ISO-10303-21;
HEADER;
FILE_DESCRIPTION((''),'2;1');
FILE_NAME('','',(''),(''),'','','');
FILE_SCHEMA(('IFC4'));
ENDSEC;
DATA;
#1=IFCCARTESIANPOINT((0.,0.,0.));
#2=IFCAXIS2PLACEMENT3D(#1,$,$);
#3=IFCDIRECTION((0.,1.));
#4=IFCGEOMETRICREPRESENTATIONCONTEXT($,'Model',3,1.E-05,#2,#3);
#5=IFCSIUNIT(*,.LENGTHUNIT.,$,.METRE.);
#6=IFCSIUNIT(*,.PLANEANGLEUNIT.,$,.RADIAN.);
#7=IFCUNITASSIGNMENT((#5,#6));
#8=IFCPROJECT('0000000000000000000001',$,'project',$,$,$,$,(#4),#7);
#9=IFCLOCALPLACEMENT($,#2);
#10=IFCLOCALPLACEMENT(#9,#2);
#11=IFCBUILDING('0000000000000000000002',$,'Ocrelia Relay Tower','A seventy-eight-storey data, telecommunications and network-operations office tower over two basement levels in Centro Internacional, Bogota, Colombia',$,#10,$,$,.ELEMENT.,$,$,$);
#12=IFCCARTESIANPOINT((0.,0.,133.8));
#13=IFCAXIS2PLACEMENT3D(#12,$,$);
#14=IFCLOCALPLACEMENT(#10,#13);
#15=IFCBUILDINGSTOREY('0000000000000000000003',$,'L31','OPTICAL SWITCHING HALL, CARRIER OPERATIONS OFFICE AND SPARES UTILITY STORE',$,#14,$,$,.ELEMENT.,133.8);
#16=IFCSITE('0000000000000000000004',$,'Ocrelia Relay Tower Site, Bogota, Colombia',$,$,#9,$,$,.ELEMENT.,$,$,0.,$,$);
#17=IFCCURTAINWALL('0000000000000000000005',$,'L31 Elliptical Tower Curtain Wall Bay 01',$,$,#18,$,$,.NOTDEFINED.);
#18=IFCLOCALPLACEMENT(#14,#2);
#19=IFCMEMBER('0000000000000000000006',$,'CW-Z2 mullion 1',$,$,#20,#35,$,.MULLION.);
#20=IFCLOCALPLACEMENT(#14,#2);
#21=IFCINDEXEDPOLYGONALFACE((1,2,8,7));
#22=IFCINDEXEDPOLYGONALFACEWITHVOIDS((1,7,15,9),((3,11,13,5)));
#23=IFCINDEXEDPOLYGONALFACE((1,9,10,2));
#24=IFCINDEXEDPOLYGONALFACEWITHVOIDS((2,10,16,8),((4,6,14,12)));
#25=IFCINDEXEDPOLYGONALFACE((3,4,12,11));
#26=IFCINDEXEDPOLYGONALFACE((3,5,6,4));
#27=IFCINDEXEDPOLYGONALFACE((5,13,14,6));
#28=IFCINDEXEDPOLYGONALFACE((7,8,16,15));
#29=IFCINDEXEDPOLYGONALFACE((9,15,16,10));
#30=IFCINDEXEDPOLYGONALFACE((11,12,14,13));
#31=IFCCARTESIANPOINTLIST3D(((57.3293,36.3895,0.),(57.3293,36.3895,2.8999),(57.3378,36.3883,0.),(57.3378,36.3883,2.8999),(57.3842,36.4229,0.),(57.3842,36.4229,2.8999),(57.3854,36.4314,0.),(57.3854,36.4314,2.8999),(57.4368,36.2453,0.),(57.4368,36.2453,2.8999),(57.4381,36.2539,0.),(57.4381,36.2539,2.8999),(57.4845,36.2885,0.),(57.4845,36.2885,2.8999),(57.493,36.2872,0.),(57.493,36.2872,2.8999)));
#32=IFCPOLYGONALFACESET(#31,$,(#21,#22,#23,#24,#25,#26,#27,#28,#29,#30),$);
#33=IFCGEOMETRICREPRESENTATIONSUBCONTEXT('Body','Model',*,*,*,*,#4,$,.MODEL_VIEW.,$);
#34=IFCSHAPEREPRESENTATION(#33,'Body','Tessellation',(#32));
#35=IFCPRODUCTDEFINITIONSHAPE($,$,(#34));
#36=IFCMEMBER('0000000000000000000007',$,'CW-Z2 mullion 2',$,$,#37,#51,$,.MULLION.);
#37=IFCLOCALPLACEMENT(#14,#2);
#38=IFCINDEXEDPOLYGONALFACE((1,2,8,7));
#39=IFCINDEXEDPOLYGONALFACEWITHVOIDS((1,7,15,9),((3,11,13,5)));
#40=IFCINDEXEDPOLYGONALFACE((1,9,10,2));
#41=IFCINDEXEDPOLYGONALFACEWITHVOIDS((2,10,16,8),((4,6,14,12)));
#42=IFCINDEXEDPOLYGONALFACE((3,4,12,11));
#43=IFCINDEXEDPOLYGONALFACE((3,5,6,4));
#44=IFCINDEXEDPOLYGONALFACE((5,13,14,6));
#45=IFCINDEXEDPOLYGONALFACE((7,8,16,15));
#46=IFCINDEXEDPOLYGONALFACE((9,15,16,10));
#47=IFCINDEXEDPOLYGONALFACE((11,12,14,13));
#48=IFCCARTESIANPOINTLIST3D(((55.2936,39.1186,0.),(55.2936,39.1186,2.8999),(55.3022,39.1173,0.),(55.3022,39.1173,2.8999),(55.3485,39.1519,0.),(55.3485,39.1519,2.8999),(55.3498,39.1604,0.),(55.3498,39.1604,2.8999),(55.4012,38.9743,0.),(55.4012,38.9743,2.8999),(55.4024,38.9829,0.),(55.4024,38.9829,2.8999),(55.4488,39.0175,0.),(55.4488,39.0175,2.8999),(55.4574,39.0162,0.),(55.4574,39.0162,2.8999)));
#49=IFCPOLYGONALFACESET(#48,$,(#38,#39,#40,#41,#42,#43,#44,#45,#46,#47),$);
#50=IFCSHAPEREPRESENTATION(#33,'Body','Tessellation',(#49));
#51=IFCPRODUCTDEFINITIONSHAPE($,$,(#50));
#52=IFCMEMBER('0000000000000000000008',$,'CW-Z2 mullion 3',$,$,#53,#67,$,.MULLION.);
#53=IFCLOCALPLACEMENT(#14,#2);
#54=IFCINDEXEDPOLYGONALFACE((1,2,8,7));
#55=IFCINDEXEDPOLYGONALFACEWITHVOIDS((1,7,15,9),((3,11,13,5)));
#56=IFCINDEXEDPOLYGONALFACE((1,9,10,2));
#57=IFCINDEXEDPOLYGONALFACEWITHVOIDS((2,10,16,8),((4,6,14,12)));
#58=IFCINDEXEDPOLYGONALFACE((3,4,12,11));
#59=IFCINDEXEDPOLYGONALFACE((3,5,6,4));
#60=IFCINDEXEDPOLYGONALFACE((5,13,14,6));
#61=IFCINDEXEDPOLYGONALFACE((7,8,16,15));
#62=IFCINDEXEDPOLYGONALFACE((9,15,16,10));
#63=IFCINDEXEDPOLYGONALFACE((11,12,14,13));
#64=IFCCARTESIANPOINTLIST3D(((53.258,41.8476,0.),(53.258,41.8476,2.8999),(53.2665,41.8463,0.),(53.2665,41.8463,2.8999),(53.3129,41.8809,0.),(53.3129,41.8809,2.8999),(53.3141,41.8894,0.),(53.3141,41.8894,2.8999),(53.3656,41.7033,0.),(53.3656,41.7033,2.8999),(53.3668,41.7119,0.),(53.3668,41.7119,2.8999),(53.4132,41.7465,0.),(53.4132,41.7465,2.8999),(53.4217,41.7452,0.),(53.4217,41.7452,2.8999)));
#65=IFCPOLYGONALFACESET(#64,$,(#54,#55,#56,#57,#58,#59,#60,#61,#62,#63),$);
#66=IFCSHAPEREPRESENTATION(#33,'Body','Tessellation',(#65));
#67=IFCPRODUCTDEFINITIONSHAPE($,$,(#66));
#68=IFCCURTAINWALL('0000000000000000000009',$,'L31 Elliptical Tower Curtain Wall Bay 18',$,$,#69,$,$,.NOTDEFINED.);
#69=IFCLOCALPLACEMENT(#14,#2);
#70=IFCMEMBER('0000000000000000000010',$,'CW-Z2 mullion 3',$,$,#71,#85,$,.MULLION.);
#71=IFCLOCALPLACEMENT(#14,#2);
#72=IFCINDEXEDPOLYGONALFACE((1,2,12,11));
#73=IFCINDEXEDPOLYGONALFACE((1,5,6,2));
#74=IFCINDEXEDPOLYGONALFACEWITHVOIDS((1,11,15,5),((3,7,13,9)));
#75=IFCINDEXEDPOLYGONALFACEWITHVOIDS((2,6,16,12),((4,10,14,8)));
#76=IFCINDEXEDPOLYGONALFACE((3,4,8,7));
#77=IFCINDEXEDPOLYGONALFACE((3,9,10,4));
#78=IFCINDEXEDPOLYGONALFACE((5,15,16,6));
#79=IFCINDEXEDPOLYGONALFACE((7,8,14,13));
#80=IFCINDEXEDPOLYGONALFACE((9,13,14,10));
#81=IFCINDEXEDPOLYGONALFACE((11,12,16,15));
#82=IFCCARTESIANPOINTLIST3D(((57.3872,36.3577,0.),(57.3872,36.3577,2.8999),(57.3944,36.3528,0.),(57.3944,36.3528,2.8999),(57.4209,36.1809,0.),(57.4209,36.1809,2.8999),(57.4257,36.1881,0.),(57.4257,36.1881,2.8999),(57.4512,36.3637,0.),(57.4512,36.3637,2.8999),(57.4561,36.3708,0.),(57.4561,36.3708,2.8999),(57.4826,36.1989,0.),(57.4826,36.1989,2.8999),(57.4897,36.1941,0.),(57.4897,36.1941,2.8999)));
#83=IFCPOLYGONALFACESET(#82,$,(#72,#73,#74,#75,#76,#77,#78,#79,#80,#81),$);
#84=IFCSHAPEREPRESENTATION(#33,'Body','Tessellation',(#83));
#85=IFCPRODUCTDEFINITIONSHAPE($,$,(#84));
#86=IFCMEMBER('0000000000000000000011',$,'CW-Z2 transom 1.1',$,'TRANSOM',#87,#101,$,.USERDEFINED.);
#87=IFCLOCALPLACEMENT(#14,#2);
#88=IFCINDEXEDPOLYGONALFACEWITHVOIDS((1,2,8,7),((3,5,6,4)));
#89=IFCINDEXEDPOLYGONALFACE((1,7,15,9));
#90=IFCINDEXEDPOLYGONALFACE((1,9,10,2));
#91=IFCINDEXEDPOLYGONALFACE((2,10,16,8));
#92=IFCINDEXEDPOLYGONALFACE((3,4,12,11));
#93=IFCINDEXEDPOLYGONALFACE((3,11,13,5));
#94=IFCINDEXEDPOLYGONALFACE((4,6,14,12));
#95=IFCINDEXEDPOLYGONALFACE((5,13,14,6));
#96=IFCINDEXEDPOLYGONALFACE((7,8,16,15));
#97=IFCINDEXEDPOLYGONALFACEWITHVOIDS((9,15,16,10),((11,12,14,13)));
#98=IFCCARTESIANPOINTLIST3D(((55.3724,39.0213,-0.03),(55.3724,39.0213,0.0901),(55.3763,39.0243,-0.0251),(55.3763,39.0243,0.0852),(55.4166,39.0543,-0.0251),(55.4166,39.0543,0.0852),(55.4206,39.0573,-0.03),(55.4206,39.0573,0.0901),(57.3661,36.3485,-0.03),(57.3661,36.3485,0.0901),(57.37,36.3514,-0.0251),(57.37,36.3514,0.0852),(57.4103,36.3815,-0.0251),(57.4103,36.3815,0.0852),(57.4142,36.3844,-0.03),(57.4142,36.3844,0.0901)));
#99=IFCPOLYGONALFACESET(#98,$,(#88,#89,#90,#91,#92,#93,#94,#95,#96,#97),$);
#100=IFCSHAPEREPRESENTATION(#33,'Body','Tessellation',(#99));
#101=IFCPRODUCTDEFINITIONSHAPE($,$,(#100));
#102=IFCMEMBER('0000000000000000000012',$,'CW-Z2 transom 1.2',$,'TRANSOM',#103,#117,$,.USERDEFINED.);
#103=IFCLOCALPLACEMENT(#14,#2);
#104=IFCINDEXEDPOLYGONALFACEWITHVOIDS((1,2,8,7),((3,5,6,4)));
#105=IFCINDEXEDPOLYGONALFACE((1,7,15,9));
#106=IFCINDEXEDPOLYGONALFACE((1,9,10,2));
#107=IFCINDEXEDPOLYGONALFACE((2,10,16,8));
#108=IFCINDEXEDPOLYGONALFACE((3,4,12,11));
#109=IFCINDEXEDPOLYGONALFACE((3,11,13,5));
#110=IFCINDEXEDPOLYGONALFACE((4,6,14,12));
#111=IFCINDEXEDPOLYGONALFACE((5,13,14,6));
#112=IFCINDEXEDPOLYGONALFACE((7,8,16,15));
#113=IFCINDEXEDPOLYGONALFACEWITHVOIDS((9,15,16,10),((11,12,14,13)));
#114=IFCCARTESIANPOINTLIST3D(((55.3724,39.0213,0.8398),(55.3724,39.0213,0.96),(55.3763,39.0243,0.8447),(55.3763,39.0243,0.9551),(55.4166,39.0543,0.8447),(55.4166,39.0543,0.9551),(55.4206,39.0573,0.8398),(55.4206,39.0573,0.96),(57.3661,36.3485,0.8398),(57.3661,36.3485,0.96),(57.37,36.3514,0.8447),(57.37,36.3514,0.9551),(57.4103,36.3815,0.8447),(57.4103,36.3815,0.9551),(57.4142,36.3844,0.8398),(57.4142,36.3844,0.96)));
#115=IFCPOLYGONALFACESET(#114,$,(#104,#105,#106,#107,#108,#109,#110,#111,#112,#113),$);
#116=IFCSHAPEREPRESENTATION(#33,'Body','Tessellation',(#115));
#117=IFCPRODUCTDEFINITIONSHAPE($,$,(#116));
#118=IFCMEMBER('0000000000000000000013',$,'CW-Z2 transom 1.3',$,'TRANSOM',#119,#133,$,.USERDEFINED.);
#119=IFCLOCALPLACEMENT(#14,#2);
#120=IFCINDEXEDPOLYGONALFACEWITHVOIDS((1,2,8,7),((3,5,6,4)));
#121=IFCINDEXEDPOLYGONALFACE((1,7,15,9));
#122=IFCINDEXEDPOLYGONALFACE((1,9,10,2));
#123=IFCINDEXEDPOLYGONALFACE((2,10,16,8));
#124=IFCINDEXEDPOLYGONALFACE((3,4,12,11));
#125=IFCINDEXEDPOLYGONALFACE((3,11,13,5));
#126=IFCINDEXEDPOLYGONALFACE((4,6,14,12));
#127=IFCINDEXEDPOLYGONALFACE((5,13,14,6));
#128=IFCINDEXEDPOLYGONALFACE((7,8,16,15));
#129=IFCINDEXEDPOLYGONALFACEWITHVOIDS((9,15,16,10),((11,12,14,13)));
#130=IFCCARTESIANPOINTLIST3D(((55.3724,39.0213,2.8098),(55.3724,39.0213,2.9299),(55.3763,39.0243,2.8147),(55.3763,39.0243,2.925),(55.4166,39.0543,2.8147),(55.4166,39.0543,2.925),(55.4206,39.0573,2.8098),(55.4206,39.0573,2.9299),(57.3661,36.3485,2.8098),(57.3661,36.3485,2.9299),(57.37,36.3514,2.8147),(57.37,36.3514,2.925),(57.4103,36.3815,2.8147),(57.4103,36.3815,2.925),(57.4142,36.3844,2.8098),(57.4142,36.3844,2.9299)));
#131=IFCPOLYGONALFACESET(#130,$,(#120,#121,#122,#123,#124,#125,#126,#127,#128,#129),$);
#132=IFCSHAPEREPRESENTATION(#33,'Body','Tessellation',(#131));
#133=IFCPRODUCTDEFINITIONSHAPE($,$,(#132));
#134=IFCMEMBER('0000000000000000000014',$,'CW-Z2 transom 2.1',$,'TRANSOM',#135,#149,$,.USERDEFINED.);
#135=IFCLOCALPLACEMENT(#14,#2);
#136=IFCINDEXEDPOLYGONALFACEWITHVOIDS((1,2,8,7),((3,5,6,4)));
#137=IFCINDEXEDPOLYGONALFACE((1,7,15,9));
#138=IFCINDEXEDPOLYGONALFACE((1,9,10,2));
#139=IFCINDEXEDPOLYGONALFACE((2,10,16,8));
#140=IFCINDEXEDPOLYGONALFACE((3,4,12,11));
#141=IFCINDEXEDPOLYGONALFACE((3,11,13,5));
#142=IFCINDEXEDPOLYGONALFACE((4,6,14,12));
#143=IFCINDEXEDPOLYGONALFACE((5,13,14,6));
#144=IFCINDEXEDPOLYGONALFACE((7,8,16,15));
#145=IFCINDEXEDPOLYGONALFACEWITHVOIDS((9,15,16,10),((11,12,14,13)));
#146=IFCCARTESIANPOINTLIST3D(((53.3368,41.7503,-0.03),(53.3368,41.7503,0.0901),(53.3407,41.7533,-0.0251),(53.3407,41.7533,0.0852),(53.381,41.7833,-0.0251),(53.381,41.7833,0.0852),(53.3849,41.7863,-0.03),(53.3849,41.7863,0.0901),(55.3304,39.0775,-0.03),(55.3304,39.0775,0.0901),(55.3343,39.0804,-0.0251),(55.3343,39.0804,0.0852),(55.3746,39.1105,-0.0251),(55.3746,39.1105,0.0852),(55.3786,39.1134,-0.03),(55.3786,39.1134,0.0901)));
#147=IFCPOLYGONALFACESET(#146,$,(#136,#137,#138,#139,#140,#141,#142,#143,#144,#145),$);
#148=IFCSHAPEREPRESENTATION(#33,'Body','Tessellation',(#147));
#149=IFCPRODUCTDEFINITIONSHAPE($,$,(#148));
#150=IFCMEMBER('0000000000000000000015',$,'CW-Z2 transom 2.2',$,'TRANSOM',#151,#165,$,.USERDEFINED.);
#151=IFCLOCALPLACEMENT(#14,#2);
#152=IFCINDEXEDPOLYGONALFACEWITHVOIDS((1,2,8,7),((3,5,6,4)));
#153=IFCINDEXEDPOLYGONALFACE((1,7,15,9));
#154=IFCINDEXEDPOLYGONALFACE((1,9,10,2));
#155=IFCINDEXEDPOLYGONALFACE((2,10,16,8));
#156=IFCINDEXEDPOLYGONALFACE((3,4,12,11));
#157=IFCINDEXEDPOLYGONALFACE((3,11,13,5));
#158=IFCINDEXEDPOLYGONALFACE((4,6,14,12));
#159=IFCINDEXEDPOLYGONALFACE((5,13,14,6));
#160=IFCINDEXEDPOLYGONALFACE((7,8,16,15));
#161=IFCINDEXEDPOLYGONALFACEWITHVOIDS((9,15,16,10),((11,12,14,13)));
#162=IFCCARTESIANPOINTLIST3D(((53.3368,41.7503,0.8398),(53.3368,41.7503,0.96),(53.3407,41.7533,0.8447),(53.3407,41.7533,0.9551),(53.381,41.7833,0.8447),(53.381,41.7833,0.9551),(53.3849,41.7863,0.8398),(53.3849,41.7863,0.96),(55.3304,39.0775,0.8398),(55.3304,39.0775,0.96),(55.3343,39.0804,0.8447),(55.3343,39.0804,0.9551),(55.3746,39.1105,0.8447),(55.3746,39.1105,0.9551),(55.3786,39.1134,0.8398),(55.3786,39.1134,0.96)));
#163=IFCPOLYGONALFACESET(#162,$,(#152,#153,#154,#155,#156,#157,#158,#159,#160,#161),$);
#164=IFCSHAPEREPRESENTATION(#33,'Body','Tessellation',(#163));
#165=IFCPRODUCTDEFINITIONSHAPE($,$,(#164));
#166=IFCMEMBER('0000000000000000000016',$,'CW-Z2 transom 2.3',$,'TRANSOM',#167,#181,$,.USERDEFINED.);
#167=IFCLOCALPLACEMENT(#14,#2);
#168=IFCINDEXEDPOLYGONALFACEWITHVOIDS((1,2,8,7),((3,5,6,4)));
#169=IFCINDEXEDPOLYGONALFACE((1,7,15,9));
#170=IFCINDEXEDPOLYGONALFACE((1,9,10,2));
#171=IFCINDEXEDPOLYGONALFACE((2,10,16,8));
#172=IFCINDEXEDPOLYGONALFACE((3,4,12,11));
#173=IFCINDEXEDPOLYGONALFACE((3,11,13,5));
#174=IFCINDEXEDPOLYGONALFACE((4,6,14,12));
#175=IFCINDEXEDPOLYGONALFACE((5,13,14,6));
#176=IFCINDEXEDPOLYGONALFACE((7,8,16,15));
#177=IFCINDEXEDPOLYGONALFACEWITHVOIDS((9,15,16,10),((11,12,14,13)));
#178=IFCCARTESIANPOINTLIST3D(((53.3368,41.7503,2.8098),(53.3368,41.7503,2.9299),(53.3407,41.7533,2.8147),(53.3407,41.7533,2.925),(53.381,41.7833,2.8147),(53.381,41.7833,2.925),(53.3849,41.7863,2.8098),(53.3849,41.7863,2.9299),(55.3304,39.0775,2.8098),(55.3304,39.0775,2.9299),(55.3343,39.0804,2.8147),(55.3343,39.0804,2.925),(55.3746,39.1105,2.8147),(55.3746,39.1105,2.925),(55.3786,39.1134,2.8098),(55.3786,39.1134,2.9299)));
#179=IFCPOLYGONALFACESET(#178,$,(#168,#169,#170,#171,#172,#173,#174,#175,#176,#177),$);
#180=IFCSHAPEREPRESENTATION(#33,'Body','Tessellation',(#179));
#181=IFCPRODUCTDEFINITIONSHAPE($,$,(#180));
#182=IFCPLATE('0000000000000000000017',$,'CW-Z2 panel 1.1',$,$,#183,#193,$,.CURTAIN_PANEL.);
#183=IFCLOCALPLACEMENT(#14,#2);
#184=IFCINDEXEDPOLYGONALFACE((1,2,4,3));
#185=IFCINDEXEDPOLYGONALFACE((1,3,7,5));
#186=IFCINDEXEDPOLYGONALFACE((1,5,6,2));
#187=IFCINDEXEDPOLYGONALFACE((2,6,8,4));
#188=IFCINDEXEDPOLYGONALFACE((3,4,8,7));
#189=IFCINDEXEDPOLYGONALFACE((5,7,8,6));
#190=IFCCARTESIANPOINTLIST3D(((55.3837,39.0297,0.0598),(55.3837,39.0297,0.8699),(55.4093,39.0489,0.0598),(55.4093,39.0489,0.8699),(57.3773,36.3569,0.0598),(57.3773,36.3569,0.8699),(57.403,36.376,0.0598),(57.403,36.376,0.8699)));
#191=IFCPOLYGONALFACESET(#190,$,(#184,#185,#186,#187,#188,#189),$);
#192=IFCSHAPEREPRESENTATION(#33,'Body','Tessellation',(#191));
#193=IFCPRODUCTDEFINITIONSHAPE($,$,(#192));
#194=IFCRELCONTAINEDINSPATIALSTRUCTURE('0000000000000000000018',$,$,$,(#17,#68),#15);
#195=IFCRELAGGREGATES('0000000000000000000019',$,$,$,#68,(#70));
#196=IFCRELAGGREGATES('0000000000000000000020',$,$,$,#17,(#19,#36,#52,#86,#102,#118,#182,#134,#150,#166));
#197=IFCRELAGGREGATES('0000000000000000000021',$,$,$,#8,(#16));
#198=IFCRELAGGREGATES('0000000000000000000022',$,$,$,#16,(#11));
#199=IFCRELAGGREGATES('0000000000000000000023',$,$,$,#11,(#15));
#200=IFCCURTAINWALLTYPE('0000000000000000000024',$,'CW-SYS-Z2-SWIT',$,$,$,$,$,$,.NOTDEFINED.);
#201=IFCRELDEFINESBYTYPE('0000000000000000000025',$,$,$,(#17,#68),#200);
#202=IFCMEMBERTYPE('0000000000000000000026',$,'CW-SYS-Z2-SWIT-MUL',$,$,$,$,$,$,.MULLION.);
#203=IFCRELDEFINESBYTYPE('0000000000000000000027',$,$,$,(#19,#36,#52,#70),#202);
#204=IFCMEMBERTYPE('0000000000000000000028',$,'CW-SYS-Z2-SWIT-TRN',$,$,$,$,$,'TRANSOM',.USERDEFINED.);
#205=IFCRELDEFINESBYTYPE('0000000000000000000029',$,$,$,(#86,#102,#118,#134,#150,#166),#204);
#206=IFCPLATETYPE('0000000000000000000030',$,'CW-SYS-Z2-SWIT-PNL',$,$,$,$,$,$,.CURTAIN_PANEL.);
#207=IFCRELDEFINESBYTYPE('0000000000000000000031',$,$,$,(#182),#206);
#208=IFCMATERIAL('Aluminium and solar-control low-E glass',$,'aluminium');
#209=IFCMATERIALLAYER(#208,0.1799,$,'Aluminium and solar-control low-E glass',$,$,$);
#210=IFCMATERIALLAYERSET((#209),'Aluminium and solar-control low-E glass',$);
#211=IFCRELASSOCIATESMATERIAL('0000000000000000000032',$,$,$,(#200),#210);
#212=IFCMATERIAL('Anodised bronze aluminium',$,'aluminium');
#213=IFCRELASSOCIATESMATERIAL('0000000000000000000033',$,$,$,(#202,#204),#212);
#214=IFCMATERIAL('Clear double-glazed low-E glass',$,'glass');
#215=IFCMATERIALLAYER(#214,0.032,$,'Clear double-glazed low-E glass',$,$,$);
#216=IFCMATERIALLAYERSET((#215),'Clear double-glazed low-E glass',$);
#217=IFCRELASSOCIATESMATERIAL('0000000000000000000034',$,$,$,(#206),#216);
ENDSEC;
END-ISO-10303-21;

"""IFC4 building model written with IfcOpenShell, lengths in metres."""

from ifc_helpers import new_model, si_unit, direction, frame, origin, origin_2d, place, context, subcontext, project, spatial, rectangle, hollow_rectangle, extrude, material, layer, layer_set, material_profile, profile_set, type_object, element, aggregate, save


model = new_model("IFC4")

# Units and contexts
model_context = context("Model", 3, precision=1e-05, world=origin(), true_north=direction((0.0, 1.0)))
body_context = subcontext(model_context, "Body", "Model", "MODEL_VIEW")
ifc_project = project(units=[si_unit("LENGTHUNIT", "METRE"), si_unit("PLANEANGLEUNIT", "RADIAN")], contexts=[model_context])

# Site, building, storey
site_placement = place(None, origin())
site = spatial("IfcSite", under=ifc_project, at=site_placement, Name="Ocrelia Relay Tower Site, Bogota, Colombia", CompositionType="ELEMENT", RefElevation=0.0)
building_placement = place(site_placement, origin())
building = spatial("IfcBuilding", under=site, at=building_placement, Name="Ocrelia Relay Tower", Description="A seventy-eight-storey data, telecommunications and network-operations office tower over two basement levels in Centro Internacional, Bogota, Colombia", CompositionType="ELEMENT")
storey_placement = place(building_placement, frame((0.0, 0.0, 133.8)))
storey = spatial("IfcBuildingStorey", under=building, at=storey_placement, Name="L31", Description="OPTICAL SWITCHING HALL, CARRIER OPERATIONS OFFICE AND SPARES UTILITY STORE", CompositionType="ELEMENT", Elevation=133.8)

# Curtain wall, members
ifc_material_1 = material(Name="Aluminium and solar-control low-E glass", Category="aluminium")
ifc_layer_1 = layer(ifc_material_1, 0.1799, Name="Aluminium and solar-control low-E glass")
ifc_layer_set_1 = layer_set([ifc_layer_1], Name="Aluminium and solar-control low-E glass")
curtain_wall_type = type_object("IfcCurtainWallType", Name="CW-SYS-Z2-SWIT", PredefinedType="NOTDEFINED", material=ifc_layer_set_1)
curtain_wall_1_placement = place(storey_placement, origin())
curtain_wall_1 = element("IfcCurtainWall", 1, at=curtain_wall_1_placement, inside=storey, type_object=curtain_wall_type, Name="L31 Elliptical Tower Curtain Wall Bay 01", PredefinedType="NOTDEFINED")
ifc_material_2 = material(Name="Anodised bronze aluminium", Category="aluminium")
ifc_material_profile_1 = material_profile(ifc_material_2, hollow_rectangle(XDim=0.0701, YDim=0.1799, WallThickness=0.0061, at=origin_2d()), Name="CW-MUL-180x70")
ifc_profile_set_1 = profile_set([ifc_material_profile_1], Name="Anodised bronze aluminium")
member_type_1 = type_object("IfcMemberType", Name="CW-SYS-Z2-SWIT-MUL", PredefinedType="MULLION", material=ifc_profile_set_1)
member_1_placement = place(storey_placement, frame((57.4111, 36.3384, 0.0), z_axis=(0.0, 0.0, 1.0), x_axis=(-0.801572, -0.597898, 0.0)))
member_1 = element("IfcMember", 2, at=member_1_placement, type_object=member_type_1, Name="CW-Z2 mullion 1", PredefinedType="MULLION", context=body_context, shape_type="SweptSolid", body=[
    extrude(hollow_rectangle(XDim=0.0701, YDim=0.1799, WallThickness=0.0061, at=origin_2d()), origin(), (0.0, 0.0, 1.0), 2.8999),
])
member_2_placement = place(storey_placement, frame((55.3755, 39.0674, 0.0), z_axis=(0.0, 0.0, 1.0), x_axis=(-0.801572, -0.597898, 0.0)))
member_2 = element("IfcMember", 3, at=member_2_placement, type_object=member_type_1, Name="CW-Z2 mullion 2", PredefinedType="MULLION", context=body_context, shape_type="SweptSolid", body=[
    extrude(hollow_rectangle(XDim=0.0701, YDim=0.1799, WallThickness=0.0061, at=origin_2d()), origin(), (0.0, 0.0, 1.0), 2.8999),
])
member_3_placement = place(storey_placement, frame((53.3398, 41.7964, 0.0), z_axis=(0.0, 0.0, 1.0), x_axis=(-0.801572, -0.597898, 0.0)))
member_3 = element("IfcMember", 4, at=member_3_placement, type_object=member_type_1, Name="CW-Z2 mullion 3", PredefinedType="MULLION", context=body_context, shape_type="SweptSolid", body=[
    extrude(hollow_rectangle(XDim=0.0701, YDim=0.1799, WallThickness=0.0061, at=origin_2d()), origin(), (0.0, 0.0, 1.0), 2.8999),
])

# Curtain wall, member
curtain_wall_2_placement = place(storey_placement, origin())
curtain_wall_2 = element("IfcCurtainWall", 5, at=curtain_wall_2_placement, inside=storey, type_object=curtain_wall_type, Name="L31 Elliptical Tower Curtain Wall Bay 18", PredefinedType="NOTDEFINED")
member_4_placement = place(storey_placement, frame((57.4385, 36.2759, 0.0), z_axis=(0.0, 0.0, 1.0), x_axis=(-0.982351, -0.187045, 0.0)))
member_4 = element("IfcMember", 6, at=member_4_placement, type_object=member_type_1, Name="CW-Z2 mullion 3", PredefinedType="MULLION", context=body_context, shape_type="SweptSolid", body=[
    extrude(hollow_rectangle(XDim=0.0701, YDim=0.1799, WallThickness=0.0061, at=origin_2d()), origin(), (0.0, 0.0, 1.0), 2.8999),
])
aggregate(curtain_wall_2, [member_4])

# Members
ifc_material_profile_2 = material_profile(ifc_material_2, hollow_rectangle(XDim=0.0601, YDim=0.1201, WallThickness=0.0049, at=origin_2d()), Name="CW-TRN-120x60")
ifc_profile_set_2 = profile_set([ifc_material_profile_2], Name="Anodised bronze aluminium")
member_type_2 = type_object("IfcMemberType", Name="CW-SYS-Z2-SWIT-TRN", ElementType="TRANSOM", PredefinedType="USERDEFINED", material=ifc_profile_set_2)
member_5_placement = place(storey_placement, frame((57.3901, 36.3665, 0.03), z_axis=(-0.597889, 0.801579, 0.0), x_axis=(-0.801579, -0.597889, 0.0)))
member_5 = element("IfcMember", 7, at=member_5_placement, type_object=member_type_2, Name="CW-Z2 transom 1.1", ObjectType="TRANSOM", PredefinedType="USERDEFINED", context=body_context, shape_type="SweptSolid", body=[
    extrude(hollow_rectangle(XDim=0.0601, YDim=0.1201, WallThickness=0.0049, at=origin_2d()), origin(), (0.0, 0.0, 1.0), 3.3345),
])
member_6_placement = place(storey_placement, frame((57.3901, 36.3665, 0.8999), z_axis=(-0.597889, 0.801579, 0.0), x_axis=(-0.801579, -0.597889, 0.0)))
member_6 = element("IfcMember", 8, at=member_6_placement, type_object=member_type_2, Name="CW-Z2 transom 1.2", ObjectType="TRANSOM", PredefinedType="USERDEFINED", context=body_context, shape_type="SweptSolid", body=[
    extrude(hollow_rectangle(XDim=0.0601, YDim=0.1201, WallThickness=0.0049, at=origin_2d()), origin(), (0.0, 0.0, 1.0), 3.3345),
])
member_7_placement = place(storey_placement, frame((57.3901, 36.3665, 2.8699), z_axis=(-0.597889, 0.801579, 0.0), x_axis=(-0.801579, -0.597889, 0.0)))
member_7 = element("IfcMember", 9, at=member_7_placement, type_object=member_type_2, Name="CW-Z2 transom 1.3", ObjectType="TRANSOM", PredefinedType="USERDEFINED", context=body_context, shape_type="SweptSolid", body=[
    extrude(hollow_rectangle(XDim=0.0601, YDim=0.1201, WallThickness=0.0049, at=origin_2d()), origin(), (0.0, 0.0, 1.0), 3.3345),
])
member_8_placement = place(storey_placement, frame((55.3545, 39.0955, 0.03), z_axis=(-0.597889, 0.801579, 0.0), x_axis=(-0.801579, -0.597889, 0.0)))
member_8 = element("IfcMember", 10, at=member_8_placement, type_object=member_type_2, Name="CW-Z2 transom 2.1", ObjectType="TRANSOM", PredefinedType="USERDEFINED", context=body_context, shape_type="SweptSolid", body=[
    extrude(hollow_rectangle(XDim=0.0601, YDim=0.1201, WallThickness=0.0049, at=origin_2d()), origin(), (0.0, 0.0, 1.0), 3.3345),
])
member_9_placement = place(storey_placement, frame((55.3545, 39.0955, 0.8999), z_axis=(-0.597889, 0.801579, 0.0), x_axis=(-0.801579, -0.597889, 0.0)))
member_9 = element("IfcMember", 11, at=member_9_placement, type_object=member_type_2, Name="CW-Z2 transom 2.2", ObjectType="TRANSOM", PredefinedType="USERDEFINED", context=body_context, shape_type="SweptSolid", body=[
    extrude(hollow_rectangle(XDim=0.0601, YDim=0.1201, WallThickness=0.0049, at=origin_2d()), origin(), (0.0, 0.0, 1.0), 3.3345),
])
member_10_placement = place(storey_placement, frame((55.3545, 39.0955, 2.8699), z_axis=(-0.597889, 0.801579, 0.0), x_axis=(-0.801579, -0.597889, 0.0)))
member_10 = element("IfcMember", 12, at=member_10_placement, type_object=member_type_2, Name="CW-Z2 transom 2.3", ObjectType="TRANSOM", PredefinedType="USERDEFINED", context=body_context, shape_type="SweptSolid", body=[
    extrude(hollow_rectangle(XDim=0.0601, YDim=0.1201, WallThickness=0.0049, at=origin_2d()), origin(), (0.0, 0.0, 1.0), 3.3345),
])

# Plate
ifc_material_3 = material(Name="Clear double-glazed low-E glass", Category="glass")
ifc_layer_2 = layer(ifc_material_3, 0.032, Name="Clear double-glazed low-E glass")
ifc_layer_set_2 = layer_set([ifc_layer_2], Name="Clear double-glazed low-E glass")
plate_type = type_object("IfcPlateType", Name="CW-SYS-Z2-SWIT-PNL", PredefinedType="CURTAIN_PANEL", material=ifc_layer_set_2)
plate_1_placement = place(storey_placement, frame((56.3933, 37.7029, 0.0598), z_axis=(0.0, 0.0, 1.0), x_axis=(-0.597898, 0.801572, 0.0)))
plate_1 = element("IfcPlate", 13, at=plate_1_placement, type_object=plate_type, Name="CW-Z2 panel 1.1", PredefinedType="CURTAIN_PANEL", context=body_context, shape_type="SweptSolid", body=[
    extrude(rectangle(XDim=3.3345, YDim=0.032, at=origin_2d()), origin(), (0.0, 0.0, 1.0), 0.8101),
])
aggregate(curtain_wall_1, [member_1, member_2, member_3, member_5, member_6, member_7, plate_1, member_8, member_9, member_10])

save(model, "model.ifc")
